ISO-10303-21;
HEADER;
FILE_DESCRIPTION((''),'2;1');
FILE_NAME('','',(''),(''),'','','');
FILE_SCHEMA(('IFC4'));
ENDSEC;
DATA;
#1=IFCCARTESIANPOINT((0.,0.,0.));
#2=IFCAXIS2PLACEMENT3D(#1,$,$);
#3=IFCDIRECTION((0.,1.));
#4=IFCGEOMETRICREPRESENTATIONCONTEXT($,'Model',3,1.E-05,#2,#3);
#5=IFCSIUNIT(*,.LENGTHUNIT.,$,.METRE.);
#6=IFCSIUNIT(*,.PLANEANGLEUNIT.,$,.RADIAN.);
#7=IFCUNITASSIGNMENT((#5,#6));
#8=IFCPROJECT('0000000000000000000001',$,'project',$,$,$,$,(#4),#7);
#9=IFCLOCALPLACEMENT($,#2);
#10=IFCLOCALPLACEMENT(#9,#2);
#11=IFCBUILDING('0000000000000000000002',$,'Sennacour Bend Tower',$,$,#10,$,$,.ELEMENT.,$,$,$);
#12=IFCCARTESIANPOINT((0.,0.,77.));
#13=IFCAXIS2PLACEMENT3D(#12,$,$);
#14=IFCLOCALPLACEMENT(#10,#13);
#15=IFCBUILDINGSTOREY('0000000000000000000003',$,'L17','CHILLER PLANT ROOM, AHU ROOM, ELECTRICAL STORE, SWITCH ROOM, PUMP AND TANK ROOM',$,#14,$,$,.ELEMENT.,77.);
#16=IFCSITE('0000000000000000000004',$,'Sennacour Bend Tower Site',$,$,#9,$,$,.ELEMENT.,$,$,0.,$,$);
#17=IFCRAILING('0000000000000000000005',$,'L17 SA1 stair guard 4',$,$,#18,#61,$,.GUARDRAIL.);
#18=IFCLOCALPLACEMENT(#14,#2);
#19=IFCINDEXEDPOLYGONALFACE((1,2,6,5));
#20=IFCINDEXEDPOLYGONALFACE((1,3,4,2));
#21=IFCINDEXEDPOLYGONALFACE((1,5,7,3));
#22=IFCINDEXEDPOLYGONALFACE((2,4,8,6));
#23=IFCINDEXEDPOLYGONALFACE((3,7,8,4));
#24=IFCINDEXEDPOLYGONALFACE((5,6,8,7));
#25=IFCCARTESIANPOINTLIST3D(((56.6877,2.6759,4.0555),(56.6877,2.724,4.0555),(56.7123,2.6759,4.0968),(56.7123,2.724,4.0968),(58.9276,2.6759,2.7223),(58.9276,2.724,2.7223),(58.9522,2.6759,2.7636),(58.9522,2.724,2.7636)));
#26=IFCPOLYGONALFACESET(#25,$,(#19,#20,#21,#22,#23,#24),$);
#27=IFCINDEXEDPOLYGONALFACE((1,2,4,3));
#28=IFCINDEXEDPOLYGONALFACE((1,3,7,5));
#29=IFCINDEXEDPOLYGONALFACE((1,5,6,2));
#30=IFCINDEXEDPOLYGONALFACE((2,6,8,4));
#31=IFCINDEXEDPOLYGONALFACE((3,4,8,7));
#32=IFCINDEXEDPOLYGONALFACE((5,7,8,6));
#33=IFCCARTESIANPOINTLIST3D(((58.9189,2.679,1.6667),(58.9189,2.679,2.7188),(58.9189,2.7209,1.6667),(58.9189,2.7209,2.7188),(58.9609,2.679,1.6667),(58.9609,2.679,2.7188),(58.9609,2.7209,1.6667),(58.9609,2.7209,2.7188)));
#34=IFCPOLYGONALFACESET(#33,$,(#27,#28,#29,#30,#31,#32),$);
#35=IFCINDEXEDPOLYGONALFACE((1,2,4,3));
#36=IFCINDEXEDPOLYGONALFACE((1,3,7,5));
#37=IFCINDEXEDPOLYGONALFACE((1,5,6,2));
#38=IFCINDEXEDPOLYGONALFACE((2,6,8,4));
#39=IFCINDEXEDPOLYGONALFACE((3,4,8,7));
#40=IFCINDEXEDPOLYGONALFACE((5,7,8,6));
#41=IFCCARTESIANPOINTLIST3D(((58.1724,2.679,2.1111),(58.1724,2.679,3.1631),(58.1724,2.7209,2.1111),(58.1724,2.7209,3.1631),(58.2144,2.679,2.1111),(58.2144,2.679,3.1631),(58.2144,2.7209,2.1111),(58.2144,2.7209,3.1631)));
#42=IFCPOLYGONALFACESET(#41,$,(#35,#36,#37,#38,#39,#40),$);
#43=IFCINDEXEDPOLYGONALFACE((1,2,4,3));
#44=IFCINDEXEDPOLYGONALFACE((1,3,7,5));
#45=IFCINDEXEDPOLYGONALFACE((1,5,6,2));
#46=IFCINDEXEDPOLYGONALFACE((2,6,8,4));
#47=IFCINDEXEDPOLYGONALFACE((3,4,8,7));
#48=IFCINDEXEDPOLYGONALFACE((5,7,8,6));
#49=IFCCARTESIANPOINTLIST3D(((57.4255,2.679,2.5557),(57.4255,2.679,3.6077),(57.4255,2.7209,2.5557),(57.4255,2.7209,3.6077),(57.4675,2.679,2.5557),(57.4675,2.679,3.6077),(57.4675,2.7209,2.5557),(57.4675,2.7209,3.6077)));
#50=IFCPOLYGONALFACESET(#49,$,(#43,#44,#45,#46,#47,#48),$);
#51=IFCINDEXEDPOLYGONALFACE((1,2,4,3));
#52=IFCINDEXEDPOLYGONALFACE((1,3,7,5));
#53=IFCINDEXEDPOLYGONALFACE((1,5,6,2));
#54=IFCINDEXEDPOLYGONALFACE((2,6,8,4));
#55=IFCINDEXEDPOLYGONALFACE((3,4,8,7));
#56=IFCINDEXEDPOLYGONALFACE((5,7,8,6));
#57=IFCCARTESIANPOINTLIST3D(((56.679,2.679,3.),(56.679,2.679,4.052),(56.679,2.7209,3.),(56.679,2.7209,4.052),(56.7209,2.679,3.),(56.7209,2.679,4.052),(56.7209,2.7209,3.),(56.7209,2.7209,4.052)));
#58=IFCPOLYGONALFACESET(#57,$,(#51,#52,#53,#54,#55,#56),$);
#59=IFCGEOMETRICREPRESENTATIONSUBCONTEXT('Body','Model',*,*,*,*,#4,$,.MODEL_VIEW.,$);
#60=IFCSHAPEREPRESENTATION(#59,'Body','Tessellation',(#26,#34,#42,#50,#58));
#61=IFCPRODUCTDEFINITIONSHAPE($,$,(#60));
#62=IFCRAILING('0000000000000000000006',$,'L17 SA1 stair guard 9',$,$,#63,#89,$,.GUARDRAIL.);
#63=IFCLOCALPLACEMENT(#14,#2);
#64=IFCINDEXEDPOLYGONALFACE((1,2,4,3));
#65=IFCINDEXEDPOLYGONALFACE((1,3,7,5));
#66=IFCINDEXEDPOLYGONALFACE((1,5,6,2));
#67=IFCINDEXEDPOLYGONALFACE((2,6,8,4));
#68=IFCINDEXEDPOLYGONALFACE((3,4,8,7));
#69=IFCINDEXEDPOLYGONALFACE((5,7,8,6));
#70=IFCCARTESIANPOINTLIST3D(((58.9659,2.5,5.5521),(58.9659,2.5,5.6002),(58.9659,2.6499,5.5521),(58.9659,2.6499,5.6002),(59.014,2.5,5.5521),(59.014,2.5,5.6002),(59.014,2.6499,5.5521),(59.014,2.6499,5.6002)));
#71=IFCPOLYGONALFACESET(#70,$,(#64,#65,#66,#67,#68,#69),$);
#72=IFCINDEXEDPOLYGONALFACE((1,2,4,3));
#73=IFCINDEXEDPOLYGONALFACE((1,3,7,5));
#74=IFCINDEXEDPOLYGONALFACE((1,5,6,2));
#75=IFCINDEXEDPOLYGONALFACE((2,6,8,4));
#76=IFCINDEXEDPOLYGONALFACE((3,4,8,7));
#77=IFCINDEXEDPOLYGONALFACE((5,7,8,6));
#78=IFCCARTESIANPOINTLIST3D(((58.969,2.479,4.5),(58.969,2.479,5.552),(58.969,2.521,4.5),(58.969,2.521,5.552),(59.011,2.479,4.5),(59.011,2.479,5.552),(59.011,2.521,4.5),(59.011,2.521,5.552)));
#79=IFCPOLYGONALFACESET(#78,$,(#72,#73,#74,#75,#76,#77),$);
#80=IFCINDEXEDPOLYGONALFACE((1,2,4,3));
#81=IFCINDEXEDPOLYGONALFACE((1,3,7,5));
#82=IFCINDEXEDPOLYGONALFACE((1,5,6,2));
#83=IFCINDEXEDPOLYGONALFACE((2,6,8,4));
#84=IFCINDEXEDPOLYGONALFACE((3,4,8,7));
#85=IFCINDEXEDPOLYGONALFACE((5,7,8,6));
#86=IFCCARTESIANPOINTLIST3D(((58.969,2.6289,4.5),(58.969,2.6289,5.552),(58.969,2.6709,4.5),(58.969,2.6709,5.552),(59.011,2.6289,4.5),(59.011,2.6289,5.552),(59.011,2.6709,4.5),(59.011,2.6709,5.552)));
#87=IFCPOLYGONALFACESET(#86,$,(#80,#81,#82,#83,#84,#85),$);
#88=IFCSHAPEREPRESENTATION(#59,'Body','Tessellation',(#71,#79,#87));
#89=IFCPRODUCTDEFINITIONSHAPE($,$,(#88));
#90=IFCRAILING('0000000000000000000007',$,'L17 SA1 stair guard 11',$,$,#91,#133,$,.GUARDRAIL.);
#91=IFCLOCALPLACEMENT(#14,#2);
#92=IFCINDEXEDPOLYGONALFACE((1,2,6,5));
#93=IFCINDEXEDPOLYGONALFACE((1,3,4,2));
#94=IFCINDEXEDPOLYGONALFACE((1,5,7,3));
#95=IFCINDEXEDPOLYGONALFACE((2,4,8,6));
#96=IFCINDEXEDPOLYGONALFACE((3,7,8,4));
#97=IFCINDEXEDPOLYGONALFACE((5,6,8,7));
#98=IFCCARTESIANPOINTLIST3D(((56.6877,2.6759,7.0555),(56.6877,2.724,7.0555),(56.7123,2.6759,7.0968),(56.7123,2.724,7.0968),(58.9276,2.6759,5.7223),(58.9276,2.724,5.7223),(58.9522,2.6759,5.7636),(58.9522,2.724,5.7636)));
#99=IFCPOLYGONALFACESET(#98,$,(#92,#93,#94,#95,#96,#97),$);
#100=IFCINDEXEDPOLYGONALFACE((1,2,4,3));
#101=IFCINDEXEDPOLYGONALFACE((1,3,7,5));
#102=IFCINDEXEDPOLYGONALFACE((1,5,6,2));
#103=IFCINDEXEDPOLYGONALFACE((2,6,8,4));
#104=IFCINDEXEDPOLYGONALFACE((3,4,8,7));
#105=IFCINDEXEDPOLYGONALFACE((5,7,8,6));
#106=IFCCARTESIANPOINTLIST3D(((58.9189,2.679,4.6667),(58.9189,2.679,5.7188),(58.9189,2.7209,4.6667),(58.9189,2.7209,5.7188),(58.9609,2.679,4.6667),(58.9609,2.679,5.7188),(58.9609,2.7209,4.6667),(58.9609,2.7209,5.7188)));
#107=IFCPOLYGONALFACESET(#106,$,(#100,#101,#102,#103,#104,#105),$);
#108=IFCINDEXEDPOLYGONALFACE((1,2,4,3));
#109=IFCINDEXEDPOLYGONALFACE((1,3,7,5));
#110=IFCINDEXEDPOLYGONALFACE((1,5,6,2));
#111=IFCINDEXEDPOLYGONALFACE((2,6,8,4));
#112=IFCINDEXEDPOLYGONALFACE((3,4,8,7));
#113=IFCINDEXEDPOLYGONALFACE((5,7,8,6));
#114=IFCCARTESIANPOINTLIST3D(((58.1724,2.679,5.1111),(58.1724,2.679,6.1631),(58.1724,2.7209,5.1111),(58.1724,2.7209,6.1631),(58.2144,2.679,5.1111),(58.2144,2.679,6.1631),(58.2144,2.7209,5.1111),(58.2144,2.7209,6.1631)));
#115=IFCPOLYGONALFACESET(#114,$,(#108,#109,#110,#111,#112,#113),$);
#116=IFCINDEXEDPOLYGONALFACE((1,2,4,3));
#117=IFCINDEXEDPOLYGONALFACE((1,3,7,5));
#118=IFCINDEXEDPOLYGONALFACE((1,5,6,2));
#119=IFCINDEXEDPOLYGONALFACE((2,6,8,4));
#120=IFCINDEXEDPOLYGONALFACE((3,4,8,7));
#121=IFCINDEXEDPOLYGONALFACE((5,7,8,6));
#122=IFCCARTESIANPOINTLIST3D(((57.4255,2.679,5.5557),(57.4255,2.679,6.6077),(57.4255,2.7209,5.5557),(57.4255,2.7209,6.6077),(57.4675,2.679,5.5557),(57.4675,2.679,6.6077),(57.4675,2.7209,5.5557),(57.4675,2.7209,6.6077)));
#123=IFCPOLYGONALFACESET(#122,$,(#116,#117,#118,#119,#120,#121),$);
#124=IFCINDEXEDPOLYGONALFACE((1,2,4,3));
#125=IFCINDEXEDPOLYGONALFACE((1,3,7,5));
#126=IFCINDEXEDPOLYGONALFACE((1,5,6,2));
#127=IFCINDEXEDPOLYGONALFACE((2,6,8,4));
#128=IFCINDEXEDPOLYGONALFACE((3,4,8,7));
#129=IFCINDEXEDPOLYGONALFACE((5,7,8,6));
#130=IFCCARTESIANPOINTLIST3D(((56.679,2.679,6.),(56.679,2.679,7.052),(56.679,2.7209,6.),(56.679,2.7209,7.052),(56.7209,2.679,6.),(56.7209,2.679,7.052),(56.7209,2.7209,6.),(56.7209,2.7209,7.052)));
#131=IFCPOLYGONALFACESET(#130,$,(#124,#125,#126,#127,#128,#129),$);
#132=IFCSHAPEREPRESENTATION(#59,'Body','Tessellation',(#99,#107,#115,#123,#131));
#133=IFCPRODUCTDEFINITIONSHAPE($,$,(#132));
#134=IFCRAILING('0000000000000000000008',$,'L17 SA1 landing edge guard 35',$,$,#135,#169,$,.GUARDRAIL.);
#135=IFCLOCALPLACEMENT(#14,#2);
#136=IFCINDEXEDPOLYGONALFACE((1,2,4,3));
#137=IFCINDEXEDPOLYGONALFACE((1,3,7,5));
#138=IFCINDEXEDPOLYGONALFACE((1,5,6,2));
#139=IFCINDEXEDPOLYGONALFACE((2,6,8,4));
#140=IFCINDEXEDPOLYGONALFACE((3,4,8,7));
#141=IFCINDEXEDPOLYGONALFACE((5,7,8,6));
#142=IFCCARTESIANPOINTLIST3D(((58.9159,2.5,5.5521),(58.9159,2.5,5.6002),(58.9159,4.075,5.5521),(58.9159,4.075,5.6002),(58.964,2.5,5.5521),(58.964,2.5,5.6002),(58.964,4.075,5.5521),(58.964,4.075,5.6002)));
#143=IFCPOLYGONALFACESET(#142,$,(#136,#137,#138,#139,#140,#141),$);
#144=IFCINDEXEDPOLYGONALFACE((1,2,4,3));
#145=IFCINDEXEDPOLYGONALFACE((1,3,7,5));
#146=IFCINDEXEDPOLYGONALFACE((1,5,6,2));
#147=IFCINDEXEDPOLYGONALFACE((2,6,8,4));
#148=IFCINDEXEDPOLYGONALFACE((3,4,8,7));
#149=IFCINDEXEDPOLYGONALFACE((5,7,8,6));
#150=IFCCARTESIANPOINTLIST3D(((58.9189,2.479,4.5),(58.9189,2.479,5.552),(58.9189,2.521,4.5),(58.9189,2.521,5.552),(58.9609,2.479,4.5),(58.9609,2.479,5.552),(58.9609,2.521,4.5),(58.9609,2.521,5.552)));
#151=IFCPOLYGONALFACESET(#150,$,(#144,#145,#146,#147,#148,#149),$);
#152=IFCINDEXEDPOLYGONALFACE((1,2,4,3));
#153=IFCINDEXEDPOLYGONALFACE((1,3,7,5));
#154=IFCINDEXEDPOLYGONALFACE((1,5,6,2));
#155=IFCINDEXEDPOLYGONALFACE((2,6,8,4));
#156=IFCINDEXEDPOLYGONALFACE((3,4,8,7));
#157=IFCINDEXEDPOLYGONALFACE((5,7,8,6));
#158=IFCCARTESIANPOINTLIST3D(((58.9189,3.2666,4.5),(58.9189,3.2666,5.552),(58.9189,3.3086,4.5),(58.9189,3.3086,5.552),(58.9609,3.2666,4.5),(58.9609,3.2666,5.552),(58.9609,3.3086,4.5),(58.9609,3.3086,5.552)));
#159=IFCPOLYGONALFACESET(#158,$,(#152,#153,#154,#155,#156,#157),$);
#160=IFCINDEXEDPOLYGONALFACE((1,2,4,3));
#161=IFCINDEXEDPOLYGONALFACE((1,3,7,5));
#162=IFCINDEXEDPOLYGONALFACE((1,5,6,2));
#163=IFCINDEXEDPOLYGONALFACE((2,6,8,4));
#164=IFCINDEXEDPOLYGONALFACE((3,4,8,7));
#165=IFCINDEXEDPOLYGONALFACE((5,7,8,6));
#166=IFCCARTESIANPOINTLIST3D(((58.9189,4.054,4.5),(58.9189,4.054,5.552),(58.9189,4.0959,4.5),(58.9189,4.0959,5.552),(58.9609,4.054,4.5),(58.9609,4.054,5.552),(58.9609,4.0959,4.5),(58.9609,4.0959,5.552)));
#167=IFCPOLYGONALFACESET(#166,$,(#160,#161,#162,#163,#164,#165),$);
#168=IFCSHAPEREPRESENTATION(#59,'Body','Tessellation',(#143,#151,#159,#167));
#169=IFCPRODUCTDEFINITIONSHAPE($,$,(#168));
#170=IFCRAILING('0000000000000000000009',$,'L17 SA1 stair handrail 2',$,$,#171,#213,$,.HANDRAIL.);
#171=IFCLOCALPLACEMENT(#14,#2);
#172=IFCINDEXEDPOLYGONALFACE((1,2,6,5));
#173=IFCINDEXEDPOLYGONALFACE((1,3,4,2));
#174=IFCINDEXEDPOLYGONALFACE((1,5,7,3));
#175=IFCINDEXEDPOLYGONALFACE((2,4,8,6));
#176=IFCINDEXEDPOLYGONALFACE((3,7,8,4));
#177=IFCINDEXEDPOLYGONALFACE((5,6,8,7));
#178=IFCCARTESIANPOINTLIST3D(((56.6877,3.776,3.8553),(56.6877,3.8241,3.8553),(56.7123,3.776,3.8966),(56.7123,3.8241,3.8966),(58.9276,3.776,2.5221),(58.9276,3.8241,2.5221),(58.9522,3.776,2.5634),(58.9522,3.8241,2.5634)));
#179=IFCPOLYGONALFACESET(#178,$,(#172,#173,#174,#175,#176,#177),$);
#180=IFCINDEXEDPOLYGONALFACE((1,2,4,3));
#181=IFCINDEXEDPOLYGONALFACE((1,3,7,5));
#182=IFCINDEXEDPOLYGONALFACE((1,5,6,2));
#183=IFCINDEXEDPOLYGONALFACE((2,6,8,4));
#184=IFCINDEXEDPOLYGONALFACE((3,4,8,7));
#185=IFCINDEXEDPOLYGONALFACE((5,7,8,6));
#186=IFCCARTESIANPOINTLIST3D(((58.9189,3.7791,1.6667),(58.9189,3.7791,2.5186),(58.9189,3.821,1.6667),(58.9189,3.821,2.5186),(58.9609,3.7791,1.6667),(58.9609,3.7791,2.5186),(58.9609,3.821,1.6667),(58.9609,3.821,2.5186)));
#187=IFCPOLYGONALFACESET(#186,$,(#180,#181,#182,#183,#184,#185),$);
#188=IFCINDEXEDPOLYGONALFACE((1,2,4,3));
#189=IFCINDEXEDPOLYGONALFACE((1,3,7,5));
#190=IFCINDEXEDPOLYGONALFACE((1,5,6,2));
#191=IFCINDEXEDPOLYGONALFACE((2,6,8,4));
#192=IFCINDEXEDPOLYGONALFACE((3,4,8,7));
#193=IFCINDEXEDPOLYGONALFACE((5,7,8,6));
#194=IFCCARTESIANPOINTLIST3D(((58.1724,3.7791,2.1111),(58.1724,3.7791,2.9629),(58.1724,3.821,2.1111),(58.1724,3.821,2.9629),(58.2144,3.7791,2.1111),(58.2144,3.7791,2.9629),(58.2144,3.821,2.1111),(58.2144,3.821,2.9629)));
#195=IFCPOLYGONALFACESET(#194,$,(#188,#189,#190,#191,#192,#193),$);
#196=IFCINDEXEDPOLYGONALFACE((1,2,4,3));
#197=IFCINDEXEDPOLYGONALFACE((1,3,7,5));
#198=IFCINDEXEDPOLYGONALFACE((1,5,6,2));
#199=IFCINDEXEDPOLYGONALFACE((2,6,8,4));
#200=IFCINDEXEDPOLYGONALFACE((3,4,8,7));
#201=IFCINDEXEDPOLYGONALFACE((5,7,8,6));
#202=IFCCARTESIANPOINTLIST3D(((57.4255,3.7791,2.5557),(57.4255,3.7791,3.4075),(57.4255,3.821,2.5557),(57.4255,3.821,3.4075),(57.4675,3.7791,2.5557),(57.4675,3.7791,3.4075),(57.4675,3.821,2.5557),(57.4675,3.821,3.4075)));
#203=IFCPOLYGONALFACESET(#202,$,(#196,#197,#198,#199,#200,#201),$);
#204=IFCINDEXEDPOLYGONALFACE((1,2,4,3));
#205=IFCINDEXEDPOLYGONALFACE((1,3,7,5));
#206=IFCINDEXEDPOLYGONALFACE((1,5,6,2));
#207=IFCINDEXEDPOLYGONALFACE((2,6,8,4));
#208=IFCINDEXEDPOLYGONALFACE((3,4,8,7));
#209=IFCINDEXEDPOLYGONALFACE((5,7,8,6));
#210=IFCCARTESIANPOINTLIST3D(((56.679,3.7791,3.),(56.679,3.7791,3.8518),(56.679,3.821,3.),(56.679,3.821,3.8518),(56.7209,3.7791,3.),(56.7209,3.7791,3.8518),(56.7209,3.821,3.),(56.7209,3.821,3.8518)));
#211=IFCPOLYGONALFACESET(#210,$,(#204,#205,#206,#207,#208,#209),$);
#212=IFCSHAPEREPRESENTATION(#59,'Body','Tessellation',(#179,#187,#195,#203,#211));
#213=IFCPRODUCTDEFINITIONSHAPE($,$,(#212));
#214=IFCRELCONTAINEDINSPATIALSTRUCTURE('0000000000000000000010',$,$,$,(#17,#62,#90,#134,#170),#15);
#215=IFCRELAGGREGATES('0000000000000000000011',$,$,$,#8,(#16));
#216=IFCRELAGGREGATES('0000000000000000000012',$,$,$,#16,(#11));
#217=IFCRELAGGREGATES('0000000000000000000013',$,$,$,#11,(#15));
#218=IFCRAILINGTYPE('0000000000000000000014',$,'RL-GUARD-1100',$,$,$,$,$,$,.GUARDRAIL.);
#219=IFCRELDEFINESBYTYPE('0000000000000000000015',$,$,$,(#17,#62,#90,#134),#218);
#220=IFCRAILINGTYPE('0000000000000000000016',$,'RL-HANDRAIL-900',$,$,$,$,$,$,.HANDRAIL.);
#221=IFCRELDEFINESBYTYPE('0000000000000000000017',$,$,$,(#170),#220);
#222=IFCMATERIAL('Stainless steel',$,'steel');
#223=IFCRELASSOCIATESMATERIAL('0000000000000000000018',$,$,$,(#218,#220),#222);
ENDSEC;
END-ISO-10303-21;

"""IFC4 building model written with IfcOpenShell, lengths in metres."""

from ifc_helpers import new_model, si_unit, direction, frame, origin, origin_2d, place, context, subcontext, project, spatial, rectangle, extrude, material, type_object, element, save


model = new_model("IFC4")

# Units and contexts
model_context = context("Model", 3, precision=1e-05, world=origin(), true_north=direction((0.0, 1.0)))
body_context = subcontext(model_context, "Body", "Model", "MODEL_VIEW")
ifc_project = project(units=[si_unit("LENGTHUNIT", "METRE"), si_unit("PLANEANGLEUNIT", "RADIAN")], contexts=[model_context])

# Site, building, storey
site_placement = place(None, origin())
site = spatial("IfcSite", under=ifc_project, at=site_placement, Name="Sennacour Bend Tower Site", CompositionType="ELEMENT", RefElevation=0.0)
building_placement = place(site_placement, origin())
building = spatial("IfcBuilding", under=site, at=building_placement, Name="Sennacour Bend Tower", CompositionType="ELEMENT")
storey_placement = place(building_placement, frame((0.0, 0.0, 77.0)))
storey = spatial("IfcBuildingStorey", under=building, at=storey_placement, Name="L17", Description="CHILLER PLANT ROOM, AHU ROOM, ELECTRICAL STORE, SWITCH ROOM, PUMP AND TANK ROOM", CompositionType="ELEMENT", Elevation=77.0)

# Railings
ifc_material_1 = material(Name="Stainless steel", Category="steel")
railing_type_1 = type_object("IfcRailingType", Name="RL-GUARD-1100", PredefinedType="GUARDRAIL", material=ifc_material_1)
railing_1_placement = place(storey_placement, frame((58.9399, 2.7, 1.6667)))
element("IfcRailing", 1, at=railing_1_placement, inside=storey, type_object=railing_type_1, Name="L17 SA1 stair guard 4", PredefinedType="GUARDRAIL", context=body_context, shape_type="SweptSolid", body=[
    extrude(rectangle(XDim=0.0481, YDim=0.0481, at=origin_2d()), frame((0.0, 0.0, 1.0762), z_axis=(-0.859306, 0.0, 0.511462), x_axis=(0.0, -1.0, 0.0)), (0.0, 0.0, 1.0), 2.6067),
    extrude(rectangle(XDim=0.042, YDim=0.042, at=origin_2d()), origin(), (0.0, 0.0, 1.0), 1.052),
    extrude(rectangle(XDim=0.042, YDim=0.042, at=origin_2d()), frame((-0.7466, 0.0, 0.4443)), (0.0, 0.0, 1.0), 1.052),
    extrude(rectangle(XDim=0.042, YDim=0.042, at=origin_2d()), frame((-1.4934, 0.0, 0.8889)), (0.0, 0.0, 1.0), 1.052),
    extrude(rectangle(XDim=0.042, YDim=0.042, at=origin_2d()), frame((-2.24, 0.0, 1.3333)), (0.0, 0.0, 1.0), 1.052),
])
railing_2_placement = place(storey_placement, frame((58.99, 2.5, 4.5)))
element("IfcRailing", 2, at=railing_2_placement, inside=storey, type_object=railing_type_1, Name="L17 SA1 stair guard 9", PredefinedType="GUARDRAIL", context=body_context, shape_type="SweptSolid", body=[
    extrude(rectangle(XDim=0.0481, YDim=0.0481, at=origin_2d()), frame((0.0, 0.0, 1.0762), z_axis=(0.0, 1.0, 0.0), x_axis=(-1.0, 0.0, 0.0)), (0.0, 0.0, 1.0), 0.1499),
    extrude(rectangle(XDim=0.042, YDim=0.042, at=origin_2d()), origin(), (0.0, 0.0, 1.0), 1.052),
    extrude(rectangle(XDim=0.042, YDim=0.042, at=origin_2d()), frame((0.0, 0.1499, 0.0)), (0.0, 0.0, 1.0), 1.052),
])
railing_3_placement = place(storey_placement, frame((58.9399, 2.7, 4.6667)))
element("IfcRailing", 3, at=railing_3_placement, inside=storey, type_object=railing_type_1, Name="L17 SA1 stair guard 11", PredefinedType="GUARDRAIL", context=body_context, shape_type="SweptSolid", body=[
    extrude(rectangle(XDim=0.0481, YDim=0.0481, at=origin_2d()), frame((0.0, 0.0, 1.0762), z_axis=(-0.859306, 0.0, 0.511462), x_axis=(0.0, -1.0, 0.0)), (0.0, 0.0, 1.0), 2.6067),
    extrude(rectangle(XDim=0.042, YDim=0.042, at=origin_2d()), origin(), (0.0, 0.0, 1.0), 1.052),
    extrude(rectangle(XDim=0.042, YDim=0.042, at=origin_2d()), frame((-0.7466, 0.0, 0.4443)), (0.0, 0.0, 1.0), 1.052),
    extrude(rectangle(XDim=0.042, YDim=0.042, at=origin_2d()), frame((-1.4934, 0.0, 0.8889)), (0.0, 0.0, 1.0), 1.052),
    extrude(rectangle(XDim=0.042, YDim=0.042, at=origin_2d()), frame((-2.24, 0.0, 1.3333)), (0.0, 0.0, 1.0), 1.052),
])
railing_4_placement = place(storey_placement, frame((58.9399, 2.5, 4.5)))
element("IfcRailing", 4, at=railing_4_placement, inside=storey, type_object=railing_type_1, Name="L17 SA1 landing edge guard 35", PredefinedType="GUARDRAIL", context=body_context, shape_type="SweptSolid", body=[
    extrude(rectangle(XDim=0.0481, YDim=0.0481, at=origin_2d()), frame((0.0, 0.0, 1.0762), z_axis=(0.0, 1.0, 0.0), x_axis=(-1.0, 0.0, 0.0)), (0.0, 0.0, 1.0), 1.575),
    extrude(rectangle(XDim=0.042, YDim=0.042, at=origin_2d()), origin(), (0.0, 0.0, 1.0), 1.052),
    extrude(rectangle(XDim=0.042, YDim=0.042, at=origin_2d()), frame((0.0, 0.7876, 0.0)), (0.0, 0.0, 1.0), 1.052),
    extrude(rectangle(XDim=0.042, YDim=0.042, at=origin_2d()), frame((0.0, 1.575, 0.0)), (0.0, 0.0, 1.0), 1.052),
])
railing_type_2 = type_object("IfcRailingType", Name="RL-HANDRAIL-900", PredefinedType="HANDRAIL", material=ifc_material_1)
for number, where, name in (
    (5, (58.9399, 3.8, 1.6667), "L17 SA1 stair handrail 2"),
):
    element("IfcRailing", number, at=place(storey_placement, frame(where)), inside=storey, type_object=railing_type_2, Name=name, PredefinedType="HANDRAIL", context=body_context, shape_type="SweptSolid", body=[
        extrude(rectangle(XDim=0.0481, YDim=0.0481, at=origin_2d()), frame((0.0, 0.0, 0.876), z_axis=(-0.859306, 0.0, 0.511462), x_axis=(0.0, -1.0, 0.0)), (0.0, 0.0, 1.0), 2.6067),
        extrude(rectangle(XDim=0.042, YDim=0.042, at=origin_2d()), origin(), (0.0, 0.0, 1.0), 0.8518),
        extrude(rectangle(XDim=0.042, YDim=0.042, at=origin_2d()), frame((-0.7466, 0.0, 0.4443)), (0.0, 0.0, 1.0), 0.8518),
        extrude(rectangle(XDim=0.042, YDim=0.042, at=origin_2d()), frame((-1.4934, 0.0, 0.8889)), (0.0, 0.0, 1.0), 0.8518),
        extrude(rectangle(XDim=0.042, YDim=0.042, at=origin_2d()), frame((-2.24, 0.0, 1.3333)), (0.0, 0.0, 1.0), 0.8518),
    ])

save(model, "model.ifc")
